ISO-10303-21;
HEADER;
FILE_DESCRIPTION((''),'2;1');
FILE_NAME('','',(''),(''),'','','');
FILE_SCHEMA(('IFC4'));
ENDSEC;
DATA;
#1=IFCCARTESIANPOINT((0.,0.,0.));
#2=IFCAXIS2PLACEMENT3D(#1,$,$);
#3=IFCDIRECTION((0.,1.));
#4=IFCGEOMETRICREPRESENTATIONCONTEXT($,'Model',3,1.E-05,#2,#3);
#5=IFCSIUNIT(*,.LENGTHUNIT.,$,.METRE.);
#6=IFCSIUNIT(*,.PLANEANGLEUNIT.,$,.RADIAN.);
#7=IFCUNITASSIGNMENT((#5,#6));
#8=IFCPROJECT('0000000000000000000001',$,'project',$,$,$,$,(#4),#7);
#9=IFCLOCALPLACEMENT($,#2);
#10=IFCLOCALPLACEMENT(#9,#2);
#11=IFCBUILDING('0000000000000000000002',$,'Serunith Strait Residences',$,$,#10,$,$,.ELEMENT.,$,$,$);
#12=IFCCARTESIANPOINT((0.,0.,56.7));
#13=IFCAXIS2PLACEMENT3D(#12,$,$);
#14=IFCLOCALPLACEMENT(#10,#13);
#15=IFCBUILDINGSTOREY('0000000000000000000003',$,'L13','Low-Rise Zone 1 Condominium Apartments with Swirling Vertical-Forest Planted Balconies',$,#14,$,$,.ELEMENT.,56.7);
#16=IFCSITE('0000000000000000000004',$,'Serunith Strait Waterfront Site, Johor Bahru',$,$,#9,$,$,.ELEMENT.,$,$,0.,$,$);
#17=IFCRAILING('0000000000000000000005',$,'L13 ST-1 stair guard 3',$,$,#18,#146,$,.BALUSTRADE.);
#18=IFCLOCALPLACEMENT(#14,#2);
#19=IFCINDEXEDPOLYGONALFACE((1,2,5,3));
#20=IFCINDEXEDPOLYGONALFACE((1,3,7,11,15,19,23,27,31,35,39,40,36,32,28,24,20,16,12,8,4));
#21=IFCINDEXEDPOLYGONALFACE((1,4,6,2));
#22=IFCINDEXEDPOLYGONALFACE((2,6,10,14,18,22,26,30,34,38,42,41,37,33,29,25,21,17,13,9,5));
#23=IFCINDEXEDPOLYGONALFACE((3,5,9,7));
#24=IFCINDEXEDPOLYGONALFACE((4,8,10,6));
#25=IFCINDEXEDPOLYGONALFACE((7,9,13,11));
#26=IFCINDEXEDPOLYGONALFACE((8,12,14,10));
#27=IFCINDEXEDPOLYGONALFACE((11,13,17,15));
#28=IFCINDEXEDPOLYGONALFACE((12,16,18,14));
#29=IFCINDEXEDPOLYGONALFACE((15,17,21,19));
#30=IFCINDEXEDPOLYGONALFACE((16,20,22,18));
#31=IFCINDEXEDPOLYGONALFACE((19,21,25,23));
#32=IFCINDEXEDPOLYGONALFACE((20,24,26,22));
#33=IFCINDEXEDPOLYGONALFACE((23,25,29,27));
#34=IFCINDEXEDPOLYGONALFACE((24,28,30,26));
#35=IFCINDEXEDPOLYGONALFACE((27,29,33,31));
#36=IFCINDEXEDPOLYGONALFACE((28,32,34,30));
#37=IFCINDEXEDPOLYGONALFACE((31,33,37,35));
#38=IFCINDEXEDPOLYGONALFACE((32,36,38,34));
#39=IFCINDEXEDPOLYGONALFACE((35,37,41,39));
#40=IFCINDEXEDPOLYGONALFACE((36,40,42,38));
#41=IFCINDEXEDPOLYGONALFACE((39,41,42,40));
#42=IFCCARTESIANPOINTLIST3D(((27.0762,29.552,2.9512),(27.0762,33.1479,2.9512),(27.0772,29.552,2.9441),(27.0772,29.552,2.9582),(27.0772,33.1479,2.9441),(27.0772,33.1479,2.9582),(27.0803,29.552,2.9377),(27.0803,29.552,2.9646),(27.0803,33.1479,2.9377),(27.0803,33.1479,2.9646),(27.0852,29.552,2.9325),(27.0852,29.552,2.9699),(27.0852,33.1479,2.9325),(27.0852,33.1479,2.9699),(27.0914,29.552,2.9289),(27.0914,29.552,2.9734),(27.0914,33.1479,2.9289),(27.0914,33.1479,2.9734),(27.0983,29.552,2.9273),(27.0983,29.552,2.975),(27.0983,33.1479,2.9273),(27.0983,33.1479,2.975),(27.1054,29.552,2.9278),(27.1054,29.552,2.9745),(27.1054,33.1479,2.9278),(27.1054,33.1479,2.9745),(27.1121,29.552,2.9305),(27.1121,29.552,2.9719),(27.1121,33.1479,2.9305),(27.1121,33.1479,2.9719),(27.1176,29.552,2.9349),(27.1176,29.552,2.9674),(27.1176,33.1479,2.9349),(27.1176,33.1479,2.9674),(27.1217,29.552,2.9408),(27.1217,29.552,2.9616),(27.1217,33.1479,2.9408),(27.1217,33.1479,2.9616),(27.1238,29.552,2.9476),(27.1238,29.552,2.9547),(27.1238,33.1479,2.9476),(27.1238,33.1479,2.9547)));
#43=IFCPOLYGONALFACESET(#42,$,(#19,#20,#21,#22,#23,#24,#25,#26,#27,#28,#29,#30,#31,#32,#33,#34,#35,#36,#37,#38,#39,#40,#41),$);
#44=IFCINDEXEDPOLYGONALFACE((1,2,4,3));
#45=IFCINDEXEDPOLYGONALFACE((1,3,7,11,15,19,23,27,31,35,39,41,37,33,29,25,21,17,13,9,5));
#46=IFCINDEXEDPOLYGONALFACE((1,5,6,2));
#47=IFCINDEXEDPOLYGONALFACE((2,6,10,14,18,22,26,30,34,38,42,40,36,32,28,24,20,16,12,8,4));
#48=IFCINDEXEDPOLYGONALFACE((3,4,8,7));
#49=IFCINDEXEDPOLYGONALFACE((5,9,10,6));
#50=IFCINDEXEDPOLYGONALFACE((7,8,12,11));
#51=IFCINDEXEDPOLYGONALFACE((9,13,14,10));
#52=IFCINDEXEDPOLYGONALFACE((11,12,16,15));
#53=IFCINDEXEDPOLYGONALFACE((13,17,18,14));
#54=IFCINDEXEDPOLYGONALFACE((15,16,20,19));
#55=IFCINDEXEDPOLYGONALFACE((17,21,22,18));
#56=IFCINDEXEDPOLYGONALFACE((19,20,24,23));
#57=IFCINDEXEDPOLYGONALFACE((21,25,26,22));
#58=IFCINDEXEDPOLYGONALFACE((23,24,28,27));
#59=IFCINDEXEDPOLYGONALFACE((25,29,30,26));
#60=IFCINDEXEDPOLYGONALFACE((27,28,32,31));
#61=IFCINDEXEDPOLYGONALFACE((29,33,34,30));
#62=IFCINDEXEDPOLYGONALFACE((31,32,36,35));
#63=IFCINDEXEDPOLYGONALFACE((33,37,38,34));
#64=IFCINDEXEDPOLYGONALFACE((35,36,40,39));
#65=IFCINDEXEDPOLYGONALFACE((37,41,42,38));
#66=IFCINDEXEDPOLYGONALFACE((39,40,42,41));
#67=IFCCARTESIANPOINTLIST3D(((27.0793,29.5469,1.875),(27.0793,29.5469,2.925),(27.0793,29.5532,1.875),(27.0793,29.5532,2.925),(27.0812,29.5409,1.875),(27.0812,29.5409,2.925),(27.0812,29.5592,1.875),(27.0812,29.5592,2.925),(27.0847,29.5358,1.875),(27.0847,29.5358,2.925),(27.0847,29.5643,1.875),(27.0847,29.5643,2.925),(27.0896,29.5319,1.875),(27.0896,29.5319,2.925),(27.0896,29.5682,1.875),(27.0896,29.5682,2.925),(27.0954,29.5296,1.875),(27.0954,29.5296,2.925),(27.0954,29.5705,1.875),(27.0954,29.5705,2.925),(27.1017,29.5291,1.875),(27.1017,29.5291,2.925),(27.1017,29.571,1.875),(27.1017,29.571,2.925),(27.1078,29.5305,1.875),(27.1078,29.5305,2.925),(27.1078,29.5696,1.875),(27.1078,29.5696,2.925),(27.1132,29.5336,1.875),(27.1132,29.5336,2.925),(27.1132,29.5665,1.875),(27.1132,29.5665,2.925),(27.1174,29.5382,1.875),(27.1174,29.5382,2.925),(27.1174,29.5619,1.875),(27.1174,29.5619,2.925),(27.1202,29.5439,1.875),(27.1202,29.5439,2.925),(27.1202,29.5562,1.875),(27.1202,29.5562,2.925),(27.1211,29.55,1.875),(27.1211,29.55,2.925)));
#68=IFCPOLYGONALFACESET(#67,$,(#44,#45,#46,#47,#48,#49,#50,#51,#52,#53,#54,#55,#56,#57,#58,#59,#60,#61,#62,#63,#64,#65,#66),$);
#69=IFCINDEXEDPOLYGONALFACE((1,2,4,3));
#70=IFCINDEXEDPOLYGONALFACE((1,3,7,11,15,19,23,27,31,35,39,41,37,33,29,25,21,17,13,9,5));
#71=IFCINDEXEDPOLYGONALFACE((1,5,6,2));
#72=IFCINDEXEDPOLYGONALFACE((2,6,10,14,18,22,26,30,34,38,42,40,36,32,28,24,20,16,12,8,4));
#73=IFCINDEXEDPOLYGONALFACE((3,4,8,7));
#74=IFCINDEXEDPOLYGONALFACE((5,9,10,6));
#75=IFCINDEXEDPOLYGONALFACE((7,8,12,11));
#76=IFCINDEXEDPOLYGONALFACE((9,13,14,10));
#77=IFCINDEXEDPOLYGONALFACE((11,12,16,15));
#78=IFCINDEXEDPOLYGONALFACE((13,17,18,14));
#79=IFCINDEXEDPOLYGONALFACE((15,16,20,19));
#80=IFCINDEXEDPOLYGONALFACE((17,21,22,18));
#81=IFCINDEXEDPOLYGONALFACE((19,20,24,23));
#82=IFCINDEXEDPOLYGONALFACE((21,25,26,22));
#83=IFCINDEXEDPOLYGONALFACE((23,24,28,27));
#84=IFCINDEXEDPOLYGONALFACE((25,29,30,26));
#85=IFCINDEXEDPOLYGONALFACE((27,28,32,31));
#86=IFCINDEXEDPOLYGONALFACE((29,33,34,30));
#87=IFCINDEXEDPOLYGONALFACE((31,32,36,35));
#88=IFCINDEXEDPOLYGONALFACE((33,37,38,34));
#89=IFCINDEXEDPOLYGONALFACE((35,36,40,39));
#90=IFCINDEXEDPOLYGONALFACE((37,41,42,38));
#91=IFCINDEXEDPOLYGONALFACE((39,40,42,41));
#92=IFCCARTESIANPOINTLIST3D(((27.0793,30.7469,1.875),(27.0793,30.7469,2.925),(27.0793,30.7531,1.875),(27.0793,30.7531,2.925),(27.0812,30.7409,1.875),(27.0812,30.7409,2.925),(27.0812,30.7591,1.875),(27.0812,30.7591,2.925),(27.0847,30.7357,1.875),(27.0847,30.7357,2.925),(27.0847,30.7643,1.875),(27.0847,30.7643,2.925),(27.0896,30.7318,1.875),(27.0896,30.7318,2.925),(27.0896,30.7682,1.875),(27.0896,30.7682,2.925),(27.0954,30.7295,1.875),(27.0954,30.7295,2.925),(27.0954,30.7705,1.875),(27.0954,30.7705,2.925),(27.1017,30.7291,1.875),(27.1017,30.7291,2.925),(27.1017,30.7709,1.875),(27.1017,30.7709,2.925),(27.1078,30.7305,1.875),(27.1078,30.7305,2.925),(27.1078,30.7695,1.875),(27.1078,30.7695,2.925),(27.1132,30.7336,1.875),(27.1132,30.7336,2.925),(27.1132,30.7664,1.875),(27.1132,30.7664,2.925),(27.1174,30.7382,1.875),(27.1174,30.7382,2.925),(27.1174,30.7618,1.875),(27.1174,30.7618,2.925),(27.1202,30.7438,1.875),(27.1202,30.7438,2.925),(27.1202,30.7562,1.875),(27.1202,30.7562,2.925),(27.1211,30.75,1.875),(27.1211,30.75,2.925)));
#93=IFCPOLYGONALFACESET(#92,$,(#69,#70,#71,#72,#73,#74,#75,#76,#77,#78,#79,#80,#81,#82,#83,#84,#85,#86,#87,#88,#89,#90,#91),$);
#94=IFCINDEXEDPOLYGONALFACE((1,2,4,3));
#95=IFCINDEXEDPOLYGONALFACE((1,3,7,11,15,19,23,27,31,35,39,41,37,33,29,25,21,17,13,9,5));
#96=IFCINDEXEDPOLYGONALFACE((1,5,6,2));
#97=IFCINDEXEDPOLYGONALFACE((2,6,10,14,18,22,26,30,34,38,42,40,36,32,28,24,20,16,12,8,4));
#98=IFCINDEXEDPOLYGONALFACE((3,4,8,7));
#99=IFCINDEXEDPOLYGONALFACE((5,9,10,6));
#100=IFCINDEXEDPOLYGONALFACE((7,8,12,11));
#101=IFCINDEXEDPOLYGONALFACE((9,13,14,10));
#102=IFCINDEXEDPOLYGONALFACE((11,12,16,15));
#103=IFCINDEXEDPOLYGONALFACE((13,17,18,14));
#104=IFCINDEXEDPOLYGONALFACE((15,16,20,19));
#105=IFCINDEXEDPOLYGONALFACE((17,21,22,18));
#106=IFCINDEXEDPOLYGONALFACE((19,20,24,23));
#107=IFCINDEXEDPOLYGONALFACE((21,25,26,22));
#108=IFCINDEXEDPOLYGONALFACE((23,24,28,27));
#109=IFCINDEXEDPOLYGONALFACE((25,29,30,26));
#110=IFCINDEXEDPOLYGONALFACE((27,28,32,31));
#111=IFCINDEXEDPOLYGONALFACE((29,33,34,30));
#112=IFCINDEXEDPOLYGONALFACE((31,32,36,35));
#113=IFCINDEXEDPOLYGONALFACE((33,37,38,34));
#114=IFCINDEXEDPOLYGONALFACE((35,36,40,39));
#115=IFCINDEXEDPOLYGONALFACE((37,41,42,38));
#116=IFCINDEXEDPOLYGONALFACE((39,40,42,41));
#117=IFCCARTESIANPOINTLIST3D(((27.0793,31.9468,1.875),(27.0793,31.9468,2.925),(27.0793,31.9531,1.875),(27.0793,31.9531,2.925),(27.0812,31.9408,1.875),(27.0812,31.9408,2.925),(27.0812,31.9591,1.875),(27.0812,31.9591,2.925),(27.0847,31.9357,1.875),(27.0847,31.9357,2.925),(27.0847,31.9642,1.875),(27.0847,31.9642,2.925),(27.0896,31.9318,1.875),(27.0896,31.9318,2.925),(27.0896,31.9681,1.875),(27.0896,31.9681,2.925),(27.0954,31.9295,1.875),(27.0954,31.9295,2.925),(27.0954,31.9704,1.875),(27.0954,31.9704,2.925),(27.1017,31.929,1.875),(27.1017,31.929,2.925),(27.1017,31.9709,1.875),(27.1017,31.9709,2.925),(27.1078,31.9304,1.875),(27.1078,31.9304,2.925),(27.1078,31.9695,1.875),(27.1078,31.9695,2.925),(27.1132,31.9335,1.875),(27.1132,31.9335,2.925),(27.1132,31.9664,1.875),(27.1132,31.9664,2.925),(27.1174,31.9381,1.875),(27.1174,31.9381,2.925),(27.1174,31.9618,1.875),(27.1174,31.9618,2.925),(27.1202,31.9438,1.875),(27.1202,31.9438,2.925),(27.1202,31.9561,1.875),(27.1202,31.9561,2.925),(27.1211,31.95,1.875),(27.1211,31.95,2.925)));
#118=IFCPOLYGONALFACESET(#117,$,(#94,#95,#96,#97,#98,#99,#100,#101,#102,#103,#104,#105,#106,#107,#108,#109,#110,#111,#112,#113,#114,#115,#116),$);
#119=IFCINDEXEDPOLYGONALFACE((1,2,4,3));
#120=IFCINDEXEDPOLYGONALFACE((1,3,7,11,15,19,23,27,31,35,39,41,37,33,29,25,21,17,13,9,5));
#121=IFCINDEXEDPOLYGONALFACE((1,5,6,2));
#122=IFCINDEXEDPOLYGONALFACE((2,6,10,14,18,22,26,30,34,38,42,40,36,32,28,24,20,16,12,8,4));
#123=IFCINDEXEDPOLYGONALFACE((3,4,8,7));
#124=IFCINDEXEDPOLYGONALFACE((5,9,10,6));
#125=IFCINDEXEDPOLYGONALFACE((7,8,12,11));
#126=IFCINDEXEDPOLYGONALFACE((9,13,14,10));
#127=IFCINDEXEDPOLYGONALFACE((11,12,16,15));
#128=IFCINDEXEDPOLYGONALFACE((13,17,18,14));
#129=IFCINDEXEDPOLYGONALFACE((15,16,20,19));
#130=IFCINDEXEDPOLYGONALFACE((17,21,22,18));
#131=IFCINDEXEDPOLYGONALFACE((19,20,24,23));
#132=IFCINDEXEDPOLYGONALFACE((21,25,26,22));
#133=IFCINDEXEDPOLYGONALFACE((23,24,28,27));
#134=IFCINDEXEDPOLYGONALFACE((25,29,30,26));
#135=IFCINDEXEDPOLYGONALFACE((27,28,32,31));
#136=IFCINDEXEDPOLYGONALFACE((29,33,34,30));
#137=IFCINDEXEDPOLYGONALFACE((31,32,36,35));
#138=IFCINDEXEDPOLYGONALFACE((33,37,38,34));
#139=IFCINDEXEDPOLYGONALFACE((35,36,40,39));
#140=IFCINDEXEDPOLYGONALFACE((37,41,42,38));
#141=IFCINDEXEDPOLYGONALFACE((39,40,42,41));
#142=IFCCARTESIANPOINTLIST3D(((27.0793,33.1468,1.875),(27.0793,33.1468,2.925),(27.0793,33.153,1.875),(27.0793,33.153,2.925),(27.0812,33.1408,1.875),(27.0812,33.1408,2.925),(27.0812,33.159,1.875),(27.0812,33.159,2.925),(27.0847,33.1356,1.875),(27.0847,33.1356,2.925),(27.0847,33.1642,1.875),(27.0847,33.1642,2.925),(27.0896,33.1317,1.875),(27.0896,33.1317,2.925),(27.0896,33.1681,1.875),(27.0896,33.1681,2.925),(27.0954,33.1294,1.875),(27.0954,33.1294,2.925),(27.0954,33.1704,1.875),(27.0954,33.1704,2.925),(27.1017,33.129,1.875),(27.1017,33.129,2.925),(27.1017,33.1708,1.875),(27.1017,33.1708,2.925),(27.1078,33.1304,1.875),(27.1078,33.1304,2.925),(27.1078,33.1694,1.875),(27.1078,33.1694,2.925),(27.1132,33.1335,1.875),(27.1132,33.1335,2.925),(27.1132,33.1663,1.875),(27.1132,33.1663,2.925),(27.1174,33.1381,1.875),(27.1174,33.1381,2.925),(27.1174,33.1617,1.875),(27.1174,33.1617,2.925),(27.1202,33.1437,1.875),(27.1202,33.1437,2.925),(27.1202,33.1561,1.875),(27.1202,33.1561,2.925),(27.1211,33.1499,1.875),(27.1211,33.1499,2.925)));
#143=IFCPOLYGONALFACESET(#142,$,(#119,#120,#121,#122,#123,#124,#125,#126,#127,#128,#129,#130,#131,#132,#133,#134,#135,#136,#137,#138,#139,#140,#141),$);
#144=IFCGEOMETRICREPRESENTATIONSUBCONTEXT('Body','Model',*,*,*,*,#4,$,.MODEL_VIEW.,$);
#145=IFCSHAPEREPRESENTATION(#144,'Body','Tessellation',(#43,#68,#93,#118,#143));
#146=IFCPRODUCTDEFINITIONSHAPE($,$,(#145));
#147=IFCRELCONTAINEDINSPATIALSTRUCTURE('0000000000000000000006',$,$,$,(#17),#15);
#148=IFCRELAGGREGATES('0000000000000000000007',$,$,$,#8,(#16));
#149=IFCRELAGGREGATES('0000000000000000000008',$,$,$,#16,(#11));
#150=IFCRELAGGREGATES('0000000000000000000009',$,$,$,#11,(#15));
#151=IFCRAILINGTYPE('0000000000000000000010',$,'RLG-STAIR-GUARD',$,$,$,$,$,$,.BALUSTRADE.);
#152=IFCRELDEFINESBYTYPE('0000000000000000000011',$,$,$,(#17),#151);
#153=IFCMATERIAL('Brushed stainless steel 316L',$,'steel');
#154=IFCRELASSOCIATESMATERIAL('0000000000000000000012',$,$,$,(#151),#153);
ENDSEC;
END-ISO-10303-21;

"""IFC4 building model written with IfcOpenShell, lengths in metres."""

from ifc_helpers import new_model, si_unit, direction, frame, origin, origin_2d, place, context, subcontext, project, spatial, circle, extrude, material, type_object, element, save


model = new_model("IFC4")

# Units and contexts
model_context = context("Model", 3, precision=1e-05, world=origin(), true_north=direction((0.0, 1.0)))
body_context = subcontext(model_context, "Body", "Model", "MODEL_VIEW")
ifc_project = project(units=[si_unit("LENGTHUNIT", "METRE"), si_unit("PLANEANGLEUNIT", "RADIAN")], contexts=[model_context])

# Site, building, storey
site_placement = place(None, origin())
site = spatial("IfcSite", under=ifc_project, at=site_placement, Name="Serunith Strait Waterfront Site, Johor Bahru", CompositionType="ELEMENT", RefElevation=0.0)
building_placement = place(site_placement, origin())
building = spatial("IfcBuilding", under=site, at=building_placement, Name="Serunith Strait Residences", CompositionType="ELEMENT")
storey_placement = place(building_placement, frame((0.0, 0.0, 56.7)))
storey = spatial("IfcBuildingStorey", under=building, at=storey_placement, Name="L13", Description="Low-Rise Zone 1 Condominium Apartments with Swirling Vertical-Forest Planted Balconies", CompositionType="ELEMENT", Elevation=56.7)

# Railing
ifc_material_1 = material(Name="Brushed stainless steel 316L", Category="steel")
railing_type_1 = type_object("IfcRailingType", Name="RLG-STAIR-GUARD", PredefinedType="BALUSTRADE", material=ifc_material_1)
for number, where, name in (
    (1, (27.1001, 29.55, 1.875), "L13 ST-1 stair guard 3"),
):
    element("IfcRailing", number, at=place(storey_placement, frame(where)), inside=storey, type_object=railing_type_1, Name=name, PredefinedType="BALUSTRADE", context=body_context, shape_type="SweptSolid", body=[
        extrude(circle(Radius=0.0239, at=origin_2d()), frame((0.0, 0.002, 1.0762), z_axis=(0.0, 1.0, 0.0), x_axis=(-1.0, 0.0, 0.0)), (0.0, 0.0, 1.0), 3.5959),
        extrude(circle(Radius=0.021, at=origin_2d()), origin(), (0.0, 0.0, 1.0), 1.05),
        extrude(circle(Radius=0.021, at=origin_2d()), frame((0.0, 1.2, 0.0)), (0.0, 0.0, 1.0), 1.05),
        extrude(circle(Radius=0.021, at=origin_2d()), frame((0.0, 2.3999, 0.0)), (0.0, 0.0, 1.0), 1.05),
        extrude(circle(Radius=0.021, at=origin_2d()), frame((0.0, 3.5999, 0.0)), (0.0, 0.0, 1.0), 1.05),
    ])

save(model, "model.ifc")
